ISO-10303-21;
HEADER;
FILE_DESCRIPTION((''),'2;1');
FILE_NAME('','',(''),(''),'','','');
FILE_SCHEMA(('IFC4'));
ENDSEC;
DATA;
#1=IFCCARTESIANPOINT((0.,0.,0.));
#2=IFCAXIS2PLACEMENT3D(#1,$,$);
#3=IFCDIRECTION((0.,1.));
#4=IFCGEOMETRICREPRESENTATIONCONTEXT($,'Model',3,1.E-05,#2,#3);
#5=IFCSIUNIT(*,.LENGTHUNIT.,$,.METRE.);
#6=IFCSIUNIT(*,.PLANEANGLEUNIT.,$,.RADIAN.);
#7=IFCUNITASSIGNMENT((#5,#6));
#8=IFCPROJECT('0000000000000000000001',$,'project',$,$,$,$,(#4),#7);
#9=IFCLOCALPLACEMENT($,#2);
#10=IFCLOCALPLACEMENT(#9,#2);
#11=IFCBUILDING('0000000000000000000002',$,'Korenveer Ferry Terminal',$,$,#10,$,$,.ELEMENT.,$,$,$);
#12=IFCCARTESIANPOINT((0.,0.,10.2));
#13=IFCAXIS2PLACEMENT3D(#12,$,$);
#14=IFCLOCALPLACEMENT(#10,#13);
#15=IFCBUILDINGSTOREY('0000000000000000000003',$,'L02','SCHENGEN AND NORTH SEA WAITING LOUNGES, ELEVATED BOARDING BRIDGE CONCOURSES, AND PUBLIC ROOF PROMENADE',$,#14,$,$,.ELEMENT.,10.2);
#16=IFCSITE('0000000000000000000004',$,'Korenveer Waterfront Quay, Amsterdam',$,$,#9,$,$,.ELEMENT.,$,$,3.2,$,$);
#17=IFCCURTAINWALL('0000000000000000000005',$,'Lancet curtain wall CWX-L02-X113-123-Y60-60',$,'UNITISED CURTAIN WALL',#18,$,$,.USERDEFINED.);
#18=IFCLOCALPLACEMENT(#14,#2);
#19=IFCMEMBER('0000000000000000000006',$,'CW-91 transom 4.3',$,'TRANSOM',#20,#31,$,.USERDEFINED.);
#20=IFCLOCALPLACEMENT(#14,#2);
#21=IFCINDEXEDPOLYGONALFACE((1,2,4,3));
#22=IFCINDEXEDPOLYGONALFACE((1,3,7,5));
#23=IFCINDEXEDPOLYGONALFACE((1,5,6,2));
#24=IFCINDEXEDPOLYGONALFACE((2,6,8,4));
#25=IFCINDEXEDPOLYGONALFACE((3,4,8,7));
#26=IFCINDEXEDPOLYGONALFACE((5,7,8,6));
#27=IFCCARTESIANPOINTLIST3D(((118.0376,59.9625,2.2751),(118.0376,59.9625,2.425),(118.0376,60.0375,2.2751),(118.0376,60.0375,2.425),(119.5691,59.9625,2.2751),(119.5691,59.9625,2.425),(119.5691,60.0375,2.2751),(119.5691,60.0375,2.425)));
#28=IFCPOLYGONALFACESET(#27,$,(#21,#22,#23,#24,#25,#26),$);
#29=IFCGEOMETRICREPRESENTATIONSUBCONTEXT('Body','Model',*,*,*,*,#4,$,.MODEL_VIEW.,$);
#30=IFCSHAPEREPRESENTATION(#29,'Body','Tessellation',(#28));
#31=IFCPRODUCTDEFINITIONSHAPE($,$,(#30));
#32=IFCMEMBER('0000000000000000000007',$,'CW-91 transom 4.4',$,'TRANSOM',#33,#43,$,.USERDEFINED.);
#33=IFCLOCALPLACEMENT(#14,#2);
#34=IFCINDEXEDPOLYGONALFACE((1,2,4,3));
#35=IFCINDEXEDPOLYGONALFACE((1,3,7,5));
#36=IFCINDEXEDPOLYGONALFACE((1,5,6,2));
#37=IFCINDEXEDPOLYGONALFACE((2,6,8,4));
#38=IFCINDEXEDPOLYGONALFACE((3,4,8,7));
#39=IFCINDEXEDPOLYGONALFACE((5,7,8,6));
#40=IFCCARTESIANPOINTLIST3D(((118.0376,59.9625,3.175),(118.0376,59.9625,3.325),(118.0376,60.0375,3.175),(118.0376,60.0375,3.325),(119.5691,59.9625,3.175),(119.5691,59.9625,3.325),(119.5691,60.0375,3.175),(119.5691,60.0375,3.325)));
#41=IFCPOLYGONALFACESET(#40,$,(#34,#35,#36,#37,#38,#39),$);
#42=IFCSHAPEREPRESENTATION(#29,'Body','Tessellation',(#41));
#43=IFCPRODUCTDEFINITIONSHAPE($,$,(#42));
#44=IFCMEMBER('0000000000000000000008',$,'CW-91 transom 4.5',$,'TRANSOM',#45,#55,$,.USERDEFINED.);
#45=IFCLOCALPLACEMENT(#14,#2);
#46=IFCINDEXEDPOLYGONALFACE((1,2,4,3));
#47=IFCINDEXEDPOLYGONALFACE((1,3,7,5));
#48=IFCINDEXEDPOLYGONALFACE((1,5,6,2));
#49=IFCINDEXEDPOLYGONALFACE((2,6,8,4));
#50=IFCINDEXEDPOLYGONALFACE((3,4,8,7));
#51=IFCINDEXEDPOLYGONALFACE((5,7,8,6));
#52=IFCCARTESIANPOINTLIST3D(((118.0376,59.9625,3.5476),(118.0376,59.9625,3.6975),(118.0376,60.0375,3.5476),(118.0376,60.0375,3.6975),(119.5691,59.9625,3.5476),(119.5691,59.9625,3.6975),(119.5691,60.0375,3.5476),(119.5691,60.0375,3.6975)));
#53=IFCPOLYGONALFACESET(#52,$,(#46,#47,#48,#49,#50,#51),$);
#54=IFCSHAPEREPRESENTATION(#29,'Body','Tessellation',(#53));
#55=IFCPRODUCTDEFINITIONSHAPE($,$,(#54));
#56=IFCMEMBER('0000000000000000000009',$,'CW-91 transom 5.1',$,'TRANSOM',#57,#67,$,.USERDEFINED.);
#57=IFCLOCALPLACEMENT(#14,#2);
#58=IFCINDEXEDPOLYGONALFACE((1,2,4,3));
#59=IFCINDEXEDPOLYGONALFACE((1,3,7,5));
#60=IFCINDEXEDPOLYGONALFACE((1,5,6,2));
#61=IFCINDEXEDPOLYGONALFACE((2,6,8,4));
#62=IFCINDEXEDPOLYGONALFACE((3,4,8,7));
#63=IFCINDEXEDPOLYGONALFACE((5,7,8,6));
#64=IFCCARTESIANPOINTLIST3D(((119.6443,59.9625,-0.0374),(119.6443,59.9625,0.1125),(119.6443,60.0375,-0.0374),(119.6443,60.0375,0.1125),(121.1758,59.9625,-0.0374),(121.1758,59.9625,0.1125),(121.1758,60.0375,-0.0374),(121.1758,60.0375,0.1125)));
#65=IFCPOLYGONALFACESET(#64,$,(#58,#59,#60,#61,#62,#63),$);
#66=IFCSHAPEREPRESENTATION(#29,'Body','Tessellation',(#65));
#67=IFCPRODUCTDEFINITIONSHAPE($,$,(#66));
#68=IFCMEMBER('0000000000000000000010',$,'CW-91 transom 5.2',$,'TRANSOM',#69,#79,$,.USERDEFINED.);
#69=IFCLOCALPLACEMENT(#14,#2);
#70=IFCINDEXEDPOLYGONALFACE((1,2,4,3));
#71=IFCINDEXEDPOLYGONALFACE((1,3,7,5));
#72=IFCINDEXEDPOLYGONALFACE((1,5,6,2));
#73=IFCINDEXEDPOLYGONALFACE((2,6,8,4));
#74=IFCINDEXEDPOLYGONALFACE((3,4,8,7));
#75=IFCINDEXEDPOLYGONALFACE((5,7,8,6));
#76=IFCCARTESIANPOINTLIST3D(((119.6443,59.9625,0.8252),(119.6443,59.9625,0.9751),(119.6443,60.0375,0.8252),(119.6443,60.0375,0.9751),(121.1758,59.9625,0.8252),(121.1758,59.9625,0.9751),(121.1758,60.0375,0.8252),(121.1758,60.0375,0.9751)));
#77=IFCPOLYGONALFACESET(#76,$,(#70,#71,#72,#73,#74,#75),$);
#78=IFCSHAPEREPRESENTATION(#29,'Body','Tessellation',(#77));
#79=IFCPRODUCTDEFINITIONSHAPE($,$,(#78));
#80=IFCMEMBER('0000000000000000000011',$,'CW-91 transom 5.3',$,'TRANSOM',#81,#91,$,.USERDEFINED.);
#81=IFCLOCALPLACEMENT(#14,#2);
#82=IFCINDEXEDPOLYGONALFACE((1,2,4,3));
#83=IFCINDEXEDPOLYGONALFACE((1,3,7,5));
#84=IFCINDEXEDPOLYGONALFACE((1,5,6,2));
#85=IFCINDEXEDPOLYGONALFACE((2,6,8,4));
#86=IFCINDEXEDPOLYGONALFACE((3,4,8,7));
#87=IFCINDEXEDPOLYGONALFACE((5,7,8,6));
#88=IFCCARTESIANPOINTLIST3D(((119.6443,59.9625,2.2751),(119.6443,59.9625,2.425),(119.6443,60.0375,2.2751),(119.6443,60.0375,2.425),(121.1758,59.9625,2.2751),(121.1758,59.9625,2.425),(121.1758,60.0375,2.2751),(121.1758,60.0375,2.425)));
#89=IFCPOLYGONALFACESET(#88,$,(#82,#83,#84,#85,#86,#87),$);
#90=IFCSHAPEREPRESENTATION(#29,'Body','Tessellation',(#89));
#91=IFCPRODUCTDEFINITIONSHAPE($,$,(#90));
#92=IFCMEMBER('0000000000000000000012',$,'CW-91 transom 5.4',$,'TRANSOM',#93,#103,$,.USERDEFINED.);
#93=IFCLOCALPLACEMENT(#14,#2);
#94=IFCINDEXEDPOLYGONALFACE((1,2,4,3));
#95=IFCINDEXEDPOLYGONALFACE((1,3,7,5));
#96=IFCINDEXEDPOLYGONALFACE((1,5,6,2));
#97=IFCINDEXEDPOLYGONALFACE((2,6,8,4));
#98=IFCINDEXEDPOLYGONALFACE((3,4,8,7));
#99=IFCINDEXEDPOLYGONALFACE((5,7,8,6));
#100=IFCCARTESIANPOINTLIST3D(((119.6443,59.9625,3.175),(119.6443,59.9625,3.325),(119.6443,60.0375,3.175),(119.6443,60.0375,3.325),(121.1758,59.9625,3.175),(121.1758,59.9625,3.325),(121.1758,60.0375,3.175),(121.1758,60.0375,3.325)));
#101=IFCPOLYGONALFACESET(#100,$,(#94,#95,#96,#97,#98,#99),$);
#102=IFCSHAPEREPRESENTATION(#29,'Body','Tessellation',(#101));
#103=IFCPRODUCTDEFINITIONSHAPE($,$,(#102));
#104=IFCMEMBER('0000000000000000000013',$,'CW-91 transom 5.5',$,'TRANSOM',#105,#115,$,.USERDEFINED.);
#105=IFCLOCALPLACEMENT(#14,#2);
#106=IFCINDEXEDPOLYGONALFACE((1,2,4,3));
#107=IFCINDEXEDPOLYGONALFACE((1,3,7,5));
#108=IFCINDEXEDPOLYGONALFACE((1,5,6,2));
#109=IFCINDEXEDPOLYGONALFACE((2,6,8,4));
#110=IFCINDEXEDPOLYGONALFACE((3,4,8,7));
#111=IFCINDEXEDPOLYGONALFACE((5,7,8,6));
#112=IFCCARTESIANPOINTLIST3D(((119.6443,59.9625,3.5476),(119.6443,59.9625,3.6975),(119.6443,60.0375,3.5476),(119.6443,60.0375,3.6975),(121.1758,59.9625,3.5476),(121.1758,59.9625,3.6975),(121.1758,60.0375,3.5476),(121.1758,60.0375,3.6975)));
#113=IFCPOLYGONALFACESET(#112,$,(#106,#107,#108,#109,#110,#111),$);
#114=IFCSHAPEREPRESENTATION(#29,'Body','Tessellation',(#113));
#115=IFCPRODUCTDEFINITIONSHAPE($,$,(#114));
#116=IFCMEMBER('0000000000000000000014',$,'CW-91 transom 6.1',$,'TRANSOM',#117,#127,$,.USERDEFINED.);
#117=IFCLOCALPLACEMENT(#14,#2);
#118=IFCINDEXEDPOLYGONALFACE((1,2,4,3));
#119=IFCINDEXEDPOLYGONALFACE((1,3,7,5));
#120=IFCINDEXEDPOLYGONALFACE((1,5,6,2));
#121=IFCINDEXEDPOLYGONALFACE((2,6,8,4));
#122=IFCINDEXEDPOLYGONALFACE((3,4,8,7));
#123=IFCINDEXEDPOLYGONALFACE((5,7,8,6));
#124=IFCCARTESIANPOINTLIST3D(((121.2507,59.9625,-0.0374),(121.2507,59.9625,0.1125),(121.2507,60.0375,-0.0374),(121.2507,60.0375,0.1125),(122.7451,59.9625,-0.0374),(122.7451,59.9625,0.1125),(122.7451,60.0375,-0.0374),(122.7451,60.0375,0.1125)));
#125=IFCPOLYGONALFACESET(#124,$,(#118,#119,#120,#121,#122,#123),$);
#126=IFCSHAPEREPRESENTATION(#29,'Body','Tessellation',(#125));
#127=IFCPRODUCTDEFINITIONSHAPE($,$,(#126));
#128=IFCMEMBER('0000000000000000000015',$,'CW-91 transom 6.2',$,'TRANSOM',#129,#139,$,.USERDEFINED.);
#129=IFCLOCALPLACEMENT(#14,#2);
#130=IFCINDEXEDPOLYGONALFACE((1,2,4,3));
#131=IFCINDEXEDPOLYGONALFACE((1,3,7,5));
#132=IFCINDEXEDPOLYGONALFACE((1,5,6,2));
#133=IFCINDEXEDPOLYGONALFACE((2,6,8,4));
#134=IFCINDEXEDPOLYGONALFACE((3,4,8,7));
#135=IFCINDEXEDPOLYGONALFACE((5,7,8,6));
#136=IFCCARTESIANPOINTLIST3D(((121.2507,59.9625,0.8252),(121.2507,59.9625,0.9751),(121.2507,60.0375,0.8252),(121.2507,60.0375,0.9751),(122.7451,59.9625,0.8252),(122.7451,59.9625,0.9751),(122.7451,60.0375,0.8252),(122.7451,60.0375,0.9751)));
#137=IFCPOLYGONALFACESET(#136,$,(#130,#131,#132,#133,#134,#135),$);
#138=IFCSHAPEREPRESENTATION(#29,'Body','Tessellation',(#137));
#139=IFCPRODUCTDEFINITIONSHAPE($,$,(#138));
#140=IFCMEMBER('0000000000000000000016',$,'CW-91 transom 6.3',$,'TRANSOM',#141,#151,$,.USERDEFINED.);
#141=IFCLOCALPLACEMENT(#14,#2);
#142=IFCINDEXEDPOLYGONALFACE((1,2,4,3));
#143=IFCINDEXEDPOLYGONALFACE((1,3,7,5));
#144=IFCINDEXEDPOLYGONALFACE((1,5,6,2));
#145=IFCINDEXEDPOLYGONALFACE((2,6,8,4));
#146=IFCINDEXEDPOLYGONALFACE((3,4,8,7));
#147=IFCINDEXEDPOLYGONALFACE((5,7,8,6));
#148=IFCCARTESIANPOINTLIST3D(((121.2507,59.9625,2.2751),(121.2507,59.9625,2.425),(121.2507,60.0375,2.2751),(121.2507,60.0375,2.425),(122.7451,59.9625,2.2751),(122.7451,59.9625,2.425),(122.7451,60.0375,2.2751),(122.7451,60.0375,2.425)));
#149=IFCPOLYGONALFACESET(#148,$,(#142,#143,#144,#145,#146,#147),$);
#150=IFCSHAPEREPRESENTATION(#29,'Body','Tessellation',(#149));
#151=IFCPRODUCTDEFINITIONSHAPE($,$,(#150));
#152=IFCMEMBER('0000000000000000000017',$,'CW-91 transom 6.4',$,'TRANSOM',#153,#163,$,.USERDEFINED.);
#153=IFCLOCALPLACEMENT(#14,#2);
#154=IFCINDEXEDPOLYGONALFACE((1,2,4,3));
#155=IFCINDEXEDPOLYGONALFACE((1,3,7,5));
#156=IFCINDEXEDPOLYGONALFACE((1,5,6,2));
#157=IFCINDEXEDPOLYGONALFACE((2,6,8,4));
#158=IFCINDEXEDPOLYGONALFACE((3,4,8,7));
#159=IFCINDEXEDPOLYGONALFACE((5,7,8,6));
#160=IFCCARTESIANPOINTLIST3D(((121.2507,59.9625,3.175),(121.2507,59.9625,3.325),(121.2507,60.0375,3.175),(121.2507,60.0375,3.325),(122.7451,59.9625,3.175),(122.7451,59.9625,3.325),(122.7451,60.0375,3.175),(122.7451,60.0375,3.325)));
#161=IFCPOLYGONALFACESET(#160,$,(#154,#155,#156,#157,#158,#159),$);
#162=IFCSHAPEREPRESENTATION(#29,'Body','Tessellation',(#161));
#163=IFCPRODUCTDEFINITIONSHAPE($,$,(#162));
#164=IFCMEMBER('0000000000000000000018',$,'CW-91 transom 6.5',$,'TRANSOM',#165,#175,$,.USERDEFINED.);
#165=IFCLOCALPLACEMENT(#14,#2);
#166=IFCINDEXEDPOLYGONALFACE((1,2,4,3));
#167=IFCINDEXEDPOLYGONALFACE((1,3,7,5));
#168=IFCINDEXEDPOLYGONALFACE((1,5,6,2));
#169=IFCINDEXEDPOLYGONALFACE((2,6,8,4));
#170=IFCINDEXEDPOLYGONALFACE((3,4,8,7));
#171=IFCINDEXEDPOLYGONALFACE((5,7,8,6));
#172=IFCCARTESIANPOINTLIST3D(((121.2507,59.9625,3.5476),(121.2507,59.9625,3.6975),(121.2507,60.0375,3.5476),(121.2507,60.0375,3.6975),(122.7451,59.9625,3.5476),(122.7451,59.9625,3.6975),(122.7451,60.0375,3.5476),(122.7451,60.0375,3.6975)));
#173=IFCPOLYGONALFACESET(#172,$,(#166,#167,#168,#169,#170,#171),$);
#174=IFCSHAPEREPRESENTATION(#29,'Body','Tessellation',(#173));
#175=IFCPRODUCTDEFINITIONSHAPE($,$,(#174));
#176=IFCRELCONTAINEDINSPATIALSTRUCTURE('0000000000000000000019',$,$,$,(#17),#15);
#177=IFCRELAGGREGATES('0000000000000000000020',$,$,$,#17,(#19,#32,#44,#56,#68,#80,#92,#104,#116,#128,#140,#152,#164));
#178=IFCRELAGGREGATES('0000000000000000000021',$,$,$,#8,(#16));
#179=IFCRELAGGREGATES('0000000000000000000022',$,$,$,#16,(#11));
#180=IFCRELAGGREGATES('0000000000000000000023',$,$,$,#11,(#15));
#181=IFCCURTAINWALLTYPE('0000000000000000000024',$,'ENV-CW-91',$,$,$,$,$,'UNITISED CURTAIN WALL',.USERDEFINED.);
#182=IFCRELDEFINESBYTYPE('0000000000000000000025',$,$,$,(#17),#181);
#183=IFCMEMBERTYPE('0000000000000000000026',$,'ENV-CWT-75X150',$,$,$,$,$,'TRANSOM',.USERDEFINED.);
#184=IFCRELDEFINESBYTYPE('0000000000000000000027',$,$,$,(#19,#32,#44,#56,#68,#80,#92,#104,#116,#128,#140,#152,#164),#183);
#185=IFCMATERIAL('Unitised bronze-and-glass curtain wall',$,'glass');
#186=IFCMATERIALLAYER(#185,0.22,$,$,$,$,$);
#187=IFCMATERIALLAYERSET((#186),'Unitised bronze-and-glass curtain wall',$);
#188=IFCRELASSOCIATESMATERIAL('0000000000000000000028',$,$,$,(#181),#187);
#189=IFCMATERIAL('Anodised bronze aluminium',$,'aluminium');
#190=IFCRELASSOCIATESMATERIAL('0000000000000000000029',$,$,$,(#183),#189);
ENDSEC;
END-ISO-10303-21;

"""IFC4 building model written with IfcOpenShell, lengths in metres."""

from ifc_helpers import new_model, si_unit, direction, frame, origin, origin_2d, place, context, subcontext, project, spatial, rectangle, extrude, material, layer, layer_set, material_profile, profile_set, type_object, element, aggregate, save


model = new_model("IFC4")

# Units and contexts
model_context = context("Model", 3, precision=1e-05, world=origin(), true_north=direction((0.0, 1.0)))
body_context = subcontext(model_context, "Body", "Model", "MODEL_VIEW")
ifc_project = project(units=[si_unit("LENGTHUNIT", "METRE"), si_unit("PLANEANGLEUNIT", "RADIAN")], contexts=[model_context])

# Site, building, storey
site_placement = place(None, origin())
site = spatial("IfcSite", under=ifc_project, at=site_placement, Name="Korenveer Waterfront Quay, Amsterdam", CompositionType="ELEMENT", RefElevation=3.2)
building_placement = place(site_placement, origin())
building = spatial("IfcBuilding", under=site, at=building_placement, Name="Korenveer Ferry Terminal", CompositionType="ELEMENT")
storey_placement = place(building_placement, frame((0.0, 0.0, 10.2)))
storey = spatial("IfcBuildingStorey", under=building, at=storey_placement, Name="L02", Description="SCHENGEN AND NORTH SEA WAITING LOUNGES, ELEVATED BOARDING BRIDGE CONCOURSES, AND PUBLIC ROOF PROMENADE", CompositionType="ELEMENT", Elevation=10.2)

# Curtain wall
ifc_material_1 = material(Name="Unitised bronze-and-glass curtain wall", Category="glass")
ifc_layer_1 = layer(ifc_material_1, 0.22)
ifc_layer_set_1 = layer_set([ifc_layer_1], Name="Unitised bronze-and-glass curtain wall")
curtain_wall_type_1 = type_object("IfcCurtainWallType", Name="ENV-CW-91", ElementType="UNITISED CURTAIN WALL", PredefinedType="USERDEFINED", material=ifc_layer_set_1)
curtain_wall_1_placement = place(storey_placement, frame((113.1799, 60.0, 0.0)))
curtain_wall_1 = element("IfcCurtainWall", 1, at=curtain_wall_1_placement, inside=storey, type_object=curtain_wall_type_1, Name="Lancet curtain wall CWX-L02-X113-123-Y60-60", ObjectType="UNITISED CURTAIN WALL", PredefinedType="USERDEFINED")
ifc_material_2 = material(Name="Anodised bronze aluminium", Category="aluminium")

# Members
ifc_material_profile_1 = material_profile(ifc_material_2, rectangle(XDim=0.075, YDim=0.1499, at=origin_2d()), Name="ALU 75x150")
ifc_profile_set_1 = profile_set([ifc_material_profile_1], Name="Anodised bronze aluminium")
member_type_1 = type_object("IfcMemberType", Name="ENV-CWT-75X150", ElementType="TRANSOM", PredefinedType="USERDEFINED", material=ifc_profile_set_1)
member_1_placement = place(storey_placement, frame((118.0376, 60.0, 2.3501), z_axis=(1.0, 0.0, 0.0), x_axis=(0.0, 1.0, 0.0)))
member_1 = element("IfcMember", 2, at=member_1_placement, type_object=member_type_1, Name="CW-91 transom 4.3", ObjectType="TRANSOM", PredefinedType="USERDEFINED", context=body_context, shape_type="SweptSolid", body=[
    extrude(rectangle(XDim=0.075, YDim=0.1499, at=origin_2d()), origin(), (0.0, 0.0, 1.0), 1.5315),
])
member_2_placement = place(storey_placement, frame((118.0376, 60.0, 3.25), z_axis=(1.0, 0.0, 0.0), x_axis=(0.0, 1.0, 0.0)))
member_2 = element("IfcMember", 3, at=member_2_placement, type_object=member_type_1, Name="CW-91 transom 4.4", ObjectType="TRANSOM", PredefinedType="USERDEFINED", context=body_context, shape_type="SweptSolid", body=[
    extrude(rectangle(XDim=0.075, YDim=0.1499, at=origin_2d()), origin(), (0.0, 0.0, 1.0), 1.5315),
])
member_3_placement = place(storey_placement, frame((118.0376, 60.0, 3.6226), z_axis=(1.0, 0.0, 0.0), x_axis=(0.0, 1.0, 0.0)))
member_3 = element("IfcMember", 4, at=member_3_placement, type_object=member_type_1, Name="CW-91 transom 4.5", ObjectType="TRANSOM", PredefinedType="USERDEFINED", context=body_context, shape_type="SweptSolid", body=[
    extrude(rectangle(XDim=0.075, YDim=0.1499, at=origin_2d()), origin(), (0.0, 0.0, 1.0), 1.5315),
])
member_4_placement = place(storey_placement, frame((119.6443, 60.0, 0.0376), z_axis=(1.0, 0.0, 0.0), x_axis=(0.0, 1.0, 0.0)))
member_4 = element("IfcMember", 5, at=member_4_placement, type_object=member_type_1, Name="CW-91 transom 5.1", ObjectType="TRANSOM", PredefinedType="USERDEFINED", context=body_context, shape_type="SweptSolid", body=[
    extrude(rectangle(XDim=0.075, YDim=0.1499, at=origin_2d()), origin(), (0.0, 0.0, 1.0), 1.5315),
])
member_5_placement = place(storey_placement, frame((119.6443, 60.0, 0.9001), z_axis=(1.0, 0.0, 0.0), x_axis=(0.0, 1.0, 0.0)))
member_5 = element("IfcMember", 6, at=member_5_placement, type_object=member_type_1, Name="CW-91 transom 5.2", ObjectType="TRANSOM", PredefinedType="USERDEFINED", context=body_context, shape_type="SweptSolid", body=[
    extrude(rectangle(XDim=0.075, YDim=0.1499, at=origin_2d()), origin(), (0.0, 0.0, 1.0), 1.5315),
])
member_6_placement = place(storey_placement, frame((119.6443, 60.0, 2.3501), z_axis=(1.0, 0.0, 0.0), x_axis=(0.0, 1.0, 0.0)))
member_6 = element("IfcMember", 7, at=member_6_placement, type_object=member_type_1, Name="CW-91 transom 5.3", ObjectType="TRANSOM", PredefinedType="USERDEFINED", context=body_context, shape_type="SweptSolid", body=[
    extrude(rectangle(XDim=0.075, YDim=0.1499, at=origin_2d()), origin(), (0.0, 0.0, 1.0), 1.5315),
])
member_7_placement = place(storey_placement, frame((119.6443, 60.0, 3.25), z_axis=(1.0, 0.0, 0.0), x_axis=(0.0, 1.0, 0.0)))
member_7 = element("IfcMember", 8, at=member_7_placement, type_object=member_type_1, Name="CW-91 transom 5.4", ObjectType="TRANSOM", PredefinedType="USERDEFINED", context=body_context, shape_type="SweptSolid", body=[
    extrude(rectangle(XDim=0.075, YDim=0.1499, at=origin_2d()), origin(), (0.0, 0.0, 1.0), 1.5315),
])
member_8_placement = place(storey_placement, frame((119.6443, 60.0, 3.6226), z_axis=(1.0, 0.0, 0.0), x_axis=(0.0, 1.0, 0.0)))
member_8 = element("IfcMember", 9, at=member_8_placement, type_object=member_type_1, Name="CW-91 transom 5.5", ObjectType="TRANSOM", PredefinedType="USERDEFINED", context=body_context, shape_type="SweptSolid", body=[
    extrude(rectangle(XDim=0.075, YDim=0.1499, at=origin_2d()), origin(), (0.0, 0.0, 1.0), 1.5315),
])
member_9_placement = place(storey_placement, frame((121.2507, 60.0, 0.0376), z_axis=(1.0, 0.0, 0.0), x_axis=(0.0, 1.0, 0.0)))
member_9 = element("IfcMember", 10, at=member_9_placement, type_object=member_type_1, Name="CW-91 transom 6.1", ObjectType="TRANSOM", PredefinedType="USERDEFINED", context=body_context, shape_type="SweptSolid", body=[
    extrude(rectangle(XDim=0.075, YDim=0.1499, at=origin_2d()), origin(), (0.0, 0.0, 1.0), 1.4944),
])
member_10_placement = place(storey_placement, frame((121.2507, 60.0, 0.9001), z_axis=(1.0, 0.0, 0.0), x_axis=(0.0, 1.0, 0.0)))
member_10 = element("IfcMember", 11, at=member_10_placement, type_object=member_type_1, Name="CW-91 transom 6.2", ObjectType="TRANSOM", PredefinedType="USERDEFINED", context=body_context, shape_type="SweptSolid", body=[
    extrude(rectangle(XDim=0.075, YDim=0.1499, at=origin_2d()), origin(), (0.0, 0.0, 1.0), 1.4944),
])
member_11_placement = place(storey_placement, frame((121.2507, 60.0, 2.3501), z_axis=(1.0, 0.0, 0.0), x_axis=(0.0, 1.0, 0.0)))
member_11 = element("IfcMember", 12, at=member_11_placement, type_object=member_type_1, Name="CW-91 transom 6.3", ObjectType="TRANSOM", PredefinedType="USERDEFINED", context=body_context, shape_type="SweptSolid", body=[
    extrude(rectangle(XDim=0.075, YDim=0.1499, at=origin_2d()), origin(), (0.0, 0.0, 1.0), 1.4944),
])
member_12_placement = place(storey_placement, frame((121.2507, 60.0, 3.25), z_axis=(1.0, 0.0, 0.0), x_axis=(0.0, 1.0, 0.0)))
member_12 = element("IfcMember", 13, at=member_12_placement, type_object=member_type_1, Name="CW-91 transom 6.4", ObjectType="TRANSOM", PredefinedType="USERDEFINED", context=body_context, shape_type="SweptSolid", body=[
    extrude(rectangle(XDim=0.075, YDim=0.1499, at=origin_2d()), origin(), (0.0, 0.0, 1.0), 1.4944),
])
member_13_placement = place(storey_placement, frame((121.2507, 60.0, 3.6226), z_axis=(1.0, 0.0, 0.0), x_axis=(0.0, 1.0, 0.0)))
member_13 = element("IfcMember", 14, at=member_13_placement, type_object=member_type_1, Name="CW-91 transom 6.5", ObjectType="TRANSOM", PredefinedType="USERDEFINED", context=body_context, shape_type="SweptSolid", body=[
    extrude(rectangle(XDim=0.075, YDim=0.1499, at=origin_2d()), origin(), (0.0, 0.0, 1.0), 1.4944),
])

aggregate(curtain_wall_1, [member_1, member_2, member_3, member_4, member_5, member_6, member_7, member_8, member_9, member_10, member_11, member_12, member_13])

save(model, "model.ifc")
